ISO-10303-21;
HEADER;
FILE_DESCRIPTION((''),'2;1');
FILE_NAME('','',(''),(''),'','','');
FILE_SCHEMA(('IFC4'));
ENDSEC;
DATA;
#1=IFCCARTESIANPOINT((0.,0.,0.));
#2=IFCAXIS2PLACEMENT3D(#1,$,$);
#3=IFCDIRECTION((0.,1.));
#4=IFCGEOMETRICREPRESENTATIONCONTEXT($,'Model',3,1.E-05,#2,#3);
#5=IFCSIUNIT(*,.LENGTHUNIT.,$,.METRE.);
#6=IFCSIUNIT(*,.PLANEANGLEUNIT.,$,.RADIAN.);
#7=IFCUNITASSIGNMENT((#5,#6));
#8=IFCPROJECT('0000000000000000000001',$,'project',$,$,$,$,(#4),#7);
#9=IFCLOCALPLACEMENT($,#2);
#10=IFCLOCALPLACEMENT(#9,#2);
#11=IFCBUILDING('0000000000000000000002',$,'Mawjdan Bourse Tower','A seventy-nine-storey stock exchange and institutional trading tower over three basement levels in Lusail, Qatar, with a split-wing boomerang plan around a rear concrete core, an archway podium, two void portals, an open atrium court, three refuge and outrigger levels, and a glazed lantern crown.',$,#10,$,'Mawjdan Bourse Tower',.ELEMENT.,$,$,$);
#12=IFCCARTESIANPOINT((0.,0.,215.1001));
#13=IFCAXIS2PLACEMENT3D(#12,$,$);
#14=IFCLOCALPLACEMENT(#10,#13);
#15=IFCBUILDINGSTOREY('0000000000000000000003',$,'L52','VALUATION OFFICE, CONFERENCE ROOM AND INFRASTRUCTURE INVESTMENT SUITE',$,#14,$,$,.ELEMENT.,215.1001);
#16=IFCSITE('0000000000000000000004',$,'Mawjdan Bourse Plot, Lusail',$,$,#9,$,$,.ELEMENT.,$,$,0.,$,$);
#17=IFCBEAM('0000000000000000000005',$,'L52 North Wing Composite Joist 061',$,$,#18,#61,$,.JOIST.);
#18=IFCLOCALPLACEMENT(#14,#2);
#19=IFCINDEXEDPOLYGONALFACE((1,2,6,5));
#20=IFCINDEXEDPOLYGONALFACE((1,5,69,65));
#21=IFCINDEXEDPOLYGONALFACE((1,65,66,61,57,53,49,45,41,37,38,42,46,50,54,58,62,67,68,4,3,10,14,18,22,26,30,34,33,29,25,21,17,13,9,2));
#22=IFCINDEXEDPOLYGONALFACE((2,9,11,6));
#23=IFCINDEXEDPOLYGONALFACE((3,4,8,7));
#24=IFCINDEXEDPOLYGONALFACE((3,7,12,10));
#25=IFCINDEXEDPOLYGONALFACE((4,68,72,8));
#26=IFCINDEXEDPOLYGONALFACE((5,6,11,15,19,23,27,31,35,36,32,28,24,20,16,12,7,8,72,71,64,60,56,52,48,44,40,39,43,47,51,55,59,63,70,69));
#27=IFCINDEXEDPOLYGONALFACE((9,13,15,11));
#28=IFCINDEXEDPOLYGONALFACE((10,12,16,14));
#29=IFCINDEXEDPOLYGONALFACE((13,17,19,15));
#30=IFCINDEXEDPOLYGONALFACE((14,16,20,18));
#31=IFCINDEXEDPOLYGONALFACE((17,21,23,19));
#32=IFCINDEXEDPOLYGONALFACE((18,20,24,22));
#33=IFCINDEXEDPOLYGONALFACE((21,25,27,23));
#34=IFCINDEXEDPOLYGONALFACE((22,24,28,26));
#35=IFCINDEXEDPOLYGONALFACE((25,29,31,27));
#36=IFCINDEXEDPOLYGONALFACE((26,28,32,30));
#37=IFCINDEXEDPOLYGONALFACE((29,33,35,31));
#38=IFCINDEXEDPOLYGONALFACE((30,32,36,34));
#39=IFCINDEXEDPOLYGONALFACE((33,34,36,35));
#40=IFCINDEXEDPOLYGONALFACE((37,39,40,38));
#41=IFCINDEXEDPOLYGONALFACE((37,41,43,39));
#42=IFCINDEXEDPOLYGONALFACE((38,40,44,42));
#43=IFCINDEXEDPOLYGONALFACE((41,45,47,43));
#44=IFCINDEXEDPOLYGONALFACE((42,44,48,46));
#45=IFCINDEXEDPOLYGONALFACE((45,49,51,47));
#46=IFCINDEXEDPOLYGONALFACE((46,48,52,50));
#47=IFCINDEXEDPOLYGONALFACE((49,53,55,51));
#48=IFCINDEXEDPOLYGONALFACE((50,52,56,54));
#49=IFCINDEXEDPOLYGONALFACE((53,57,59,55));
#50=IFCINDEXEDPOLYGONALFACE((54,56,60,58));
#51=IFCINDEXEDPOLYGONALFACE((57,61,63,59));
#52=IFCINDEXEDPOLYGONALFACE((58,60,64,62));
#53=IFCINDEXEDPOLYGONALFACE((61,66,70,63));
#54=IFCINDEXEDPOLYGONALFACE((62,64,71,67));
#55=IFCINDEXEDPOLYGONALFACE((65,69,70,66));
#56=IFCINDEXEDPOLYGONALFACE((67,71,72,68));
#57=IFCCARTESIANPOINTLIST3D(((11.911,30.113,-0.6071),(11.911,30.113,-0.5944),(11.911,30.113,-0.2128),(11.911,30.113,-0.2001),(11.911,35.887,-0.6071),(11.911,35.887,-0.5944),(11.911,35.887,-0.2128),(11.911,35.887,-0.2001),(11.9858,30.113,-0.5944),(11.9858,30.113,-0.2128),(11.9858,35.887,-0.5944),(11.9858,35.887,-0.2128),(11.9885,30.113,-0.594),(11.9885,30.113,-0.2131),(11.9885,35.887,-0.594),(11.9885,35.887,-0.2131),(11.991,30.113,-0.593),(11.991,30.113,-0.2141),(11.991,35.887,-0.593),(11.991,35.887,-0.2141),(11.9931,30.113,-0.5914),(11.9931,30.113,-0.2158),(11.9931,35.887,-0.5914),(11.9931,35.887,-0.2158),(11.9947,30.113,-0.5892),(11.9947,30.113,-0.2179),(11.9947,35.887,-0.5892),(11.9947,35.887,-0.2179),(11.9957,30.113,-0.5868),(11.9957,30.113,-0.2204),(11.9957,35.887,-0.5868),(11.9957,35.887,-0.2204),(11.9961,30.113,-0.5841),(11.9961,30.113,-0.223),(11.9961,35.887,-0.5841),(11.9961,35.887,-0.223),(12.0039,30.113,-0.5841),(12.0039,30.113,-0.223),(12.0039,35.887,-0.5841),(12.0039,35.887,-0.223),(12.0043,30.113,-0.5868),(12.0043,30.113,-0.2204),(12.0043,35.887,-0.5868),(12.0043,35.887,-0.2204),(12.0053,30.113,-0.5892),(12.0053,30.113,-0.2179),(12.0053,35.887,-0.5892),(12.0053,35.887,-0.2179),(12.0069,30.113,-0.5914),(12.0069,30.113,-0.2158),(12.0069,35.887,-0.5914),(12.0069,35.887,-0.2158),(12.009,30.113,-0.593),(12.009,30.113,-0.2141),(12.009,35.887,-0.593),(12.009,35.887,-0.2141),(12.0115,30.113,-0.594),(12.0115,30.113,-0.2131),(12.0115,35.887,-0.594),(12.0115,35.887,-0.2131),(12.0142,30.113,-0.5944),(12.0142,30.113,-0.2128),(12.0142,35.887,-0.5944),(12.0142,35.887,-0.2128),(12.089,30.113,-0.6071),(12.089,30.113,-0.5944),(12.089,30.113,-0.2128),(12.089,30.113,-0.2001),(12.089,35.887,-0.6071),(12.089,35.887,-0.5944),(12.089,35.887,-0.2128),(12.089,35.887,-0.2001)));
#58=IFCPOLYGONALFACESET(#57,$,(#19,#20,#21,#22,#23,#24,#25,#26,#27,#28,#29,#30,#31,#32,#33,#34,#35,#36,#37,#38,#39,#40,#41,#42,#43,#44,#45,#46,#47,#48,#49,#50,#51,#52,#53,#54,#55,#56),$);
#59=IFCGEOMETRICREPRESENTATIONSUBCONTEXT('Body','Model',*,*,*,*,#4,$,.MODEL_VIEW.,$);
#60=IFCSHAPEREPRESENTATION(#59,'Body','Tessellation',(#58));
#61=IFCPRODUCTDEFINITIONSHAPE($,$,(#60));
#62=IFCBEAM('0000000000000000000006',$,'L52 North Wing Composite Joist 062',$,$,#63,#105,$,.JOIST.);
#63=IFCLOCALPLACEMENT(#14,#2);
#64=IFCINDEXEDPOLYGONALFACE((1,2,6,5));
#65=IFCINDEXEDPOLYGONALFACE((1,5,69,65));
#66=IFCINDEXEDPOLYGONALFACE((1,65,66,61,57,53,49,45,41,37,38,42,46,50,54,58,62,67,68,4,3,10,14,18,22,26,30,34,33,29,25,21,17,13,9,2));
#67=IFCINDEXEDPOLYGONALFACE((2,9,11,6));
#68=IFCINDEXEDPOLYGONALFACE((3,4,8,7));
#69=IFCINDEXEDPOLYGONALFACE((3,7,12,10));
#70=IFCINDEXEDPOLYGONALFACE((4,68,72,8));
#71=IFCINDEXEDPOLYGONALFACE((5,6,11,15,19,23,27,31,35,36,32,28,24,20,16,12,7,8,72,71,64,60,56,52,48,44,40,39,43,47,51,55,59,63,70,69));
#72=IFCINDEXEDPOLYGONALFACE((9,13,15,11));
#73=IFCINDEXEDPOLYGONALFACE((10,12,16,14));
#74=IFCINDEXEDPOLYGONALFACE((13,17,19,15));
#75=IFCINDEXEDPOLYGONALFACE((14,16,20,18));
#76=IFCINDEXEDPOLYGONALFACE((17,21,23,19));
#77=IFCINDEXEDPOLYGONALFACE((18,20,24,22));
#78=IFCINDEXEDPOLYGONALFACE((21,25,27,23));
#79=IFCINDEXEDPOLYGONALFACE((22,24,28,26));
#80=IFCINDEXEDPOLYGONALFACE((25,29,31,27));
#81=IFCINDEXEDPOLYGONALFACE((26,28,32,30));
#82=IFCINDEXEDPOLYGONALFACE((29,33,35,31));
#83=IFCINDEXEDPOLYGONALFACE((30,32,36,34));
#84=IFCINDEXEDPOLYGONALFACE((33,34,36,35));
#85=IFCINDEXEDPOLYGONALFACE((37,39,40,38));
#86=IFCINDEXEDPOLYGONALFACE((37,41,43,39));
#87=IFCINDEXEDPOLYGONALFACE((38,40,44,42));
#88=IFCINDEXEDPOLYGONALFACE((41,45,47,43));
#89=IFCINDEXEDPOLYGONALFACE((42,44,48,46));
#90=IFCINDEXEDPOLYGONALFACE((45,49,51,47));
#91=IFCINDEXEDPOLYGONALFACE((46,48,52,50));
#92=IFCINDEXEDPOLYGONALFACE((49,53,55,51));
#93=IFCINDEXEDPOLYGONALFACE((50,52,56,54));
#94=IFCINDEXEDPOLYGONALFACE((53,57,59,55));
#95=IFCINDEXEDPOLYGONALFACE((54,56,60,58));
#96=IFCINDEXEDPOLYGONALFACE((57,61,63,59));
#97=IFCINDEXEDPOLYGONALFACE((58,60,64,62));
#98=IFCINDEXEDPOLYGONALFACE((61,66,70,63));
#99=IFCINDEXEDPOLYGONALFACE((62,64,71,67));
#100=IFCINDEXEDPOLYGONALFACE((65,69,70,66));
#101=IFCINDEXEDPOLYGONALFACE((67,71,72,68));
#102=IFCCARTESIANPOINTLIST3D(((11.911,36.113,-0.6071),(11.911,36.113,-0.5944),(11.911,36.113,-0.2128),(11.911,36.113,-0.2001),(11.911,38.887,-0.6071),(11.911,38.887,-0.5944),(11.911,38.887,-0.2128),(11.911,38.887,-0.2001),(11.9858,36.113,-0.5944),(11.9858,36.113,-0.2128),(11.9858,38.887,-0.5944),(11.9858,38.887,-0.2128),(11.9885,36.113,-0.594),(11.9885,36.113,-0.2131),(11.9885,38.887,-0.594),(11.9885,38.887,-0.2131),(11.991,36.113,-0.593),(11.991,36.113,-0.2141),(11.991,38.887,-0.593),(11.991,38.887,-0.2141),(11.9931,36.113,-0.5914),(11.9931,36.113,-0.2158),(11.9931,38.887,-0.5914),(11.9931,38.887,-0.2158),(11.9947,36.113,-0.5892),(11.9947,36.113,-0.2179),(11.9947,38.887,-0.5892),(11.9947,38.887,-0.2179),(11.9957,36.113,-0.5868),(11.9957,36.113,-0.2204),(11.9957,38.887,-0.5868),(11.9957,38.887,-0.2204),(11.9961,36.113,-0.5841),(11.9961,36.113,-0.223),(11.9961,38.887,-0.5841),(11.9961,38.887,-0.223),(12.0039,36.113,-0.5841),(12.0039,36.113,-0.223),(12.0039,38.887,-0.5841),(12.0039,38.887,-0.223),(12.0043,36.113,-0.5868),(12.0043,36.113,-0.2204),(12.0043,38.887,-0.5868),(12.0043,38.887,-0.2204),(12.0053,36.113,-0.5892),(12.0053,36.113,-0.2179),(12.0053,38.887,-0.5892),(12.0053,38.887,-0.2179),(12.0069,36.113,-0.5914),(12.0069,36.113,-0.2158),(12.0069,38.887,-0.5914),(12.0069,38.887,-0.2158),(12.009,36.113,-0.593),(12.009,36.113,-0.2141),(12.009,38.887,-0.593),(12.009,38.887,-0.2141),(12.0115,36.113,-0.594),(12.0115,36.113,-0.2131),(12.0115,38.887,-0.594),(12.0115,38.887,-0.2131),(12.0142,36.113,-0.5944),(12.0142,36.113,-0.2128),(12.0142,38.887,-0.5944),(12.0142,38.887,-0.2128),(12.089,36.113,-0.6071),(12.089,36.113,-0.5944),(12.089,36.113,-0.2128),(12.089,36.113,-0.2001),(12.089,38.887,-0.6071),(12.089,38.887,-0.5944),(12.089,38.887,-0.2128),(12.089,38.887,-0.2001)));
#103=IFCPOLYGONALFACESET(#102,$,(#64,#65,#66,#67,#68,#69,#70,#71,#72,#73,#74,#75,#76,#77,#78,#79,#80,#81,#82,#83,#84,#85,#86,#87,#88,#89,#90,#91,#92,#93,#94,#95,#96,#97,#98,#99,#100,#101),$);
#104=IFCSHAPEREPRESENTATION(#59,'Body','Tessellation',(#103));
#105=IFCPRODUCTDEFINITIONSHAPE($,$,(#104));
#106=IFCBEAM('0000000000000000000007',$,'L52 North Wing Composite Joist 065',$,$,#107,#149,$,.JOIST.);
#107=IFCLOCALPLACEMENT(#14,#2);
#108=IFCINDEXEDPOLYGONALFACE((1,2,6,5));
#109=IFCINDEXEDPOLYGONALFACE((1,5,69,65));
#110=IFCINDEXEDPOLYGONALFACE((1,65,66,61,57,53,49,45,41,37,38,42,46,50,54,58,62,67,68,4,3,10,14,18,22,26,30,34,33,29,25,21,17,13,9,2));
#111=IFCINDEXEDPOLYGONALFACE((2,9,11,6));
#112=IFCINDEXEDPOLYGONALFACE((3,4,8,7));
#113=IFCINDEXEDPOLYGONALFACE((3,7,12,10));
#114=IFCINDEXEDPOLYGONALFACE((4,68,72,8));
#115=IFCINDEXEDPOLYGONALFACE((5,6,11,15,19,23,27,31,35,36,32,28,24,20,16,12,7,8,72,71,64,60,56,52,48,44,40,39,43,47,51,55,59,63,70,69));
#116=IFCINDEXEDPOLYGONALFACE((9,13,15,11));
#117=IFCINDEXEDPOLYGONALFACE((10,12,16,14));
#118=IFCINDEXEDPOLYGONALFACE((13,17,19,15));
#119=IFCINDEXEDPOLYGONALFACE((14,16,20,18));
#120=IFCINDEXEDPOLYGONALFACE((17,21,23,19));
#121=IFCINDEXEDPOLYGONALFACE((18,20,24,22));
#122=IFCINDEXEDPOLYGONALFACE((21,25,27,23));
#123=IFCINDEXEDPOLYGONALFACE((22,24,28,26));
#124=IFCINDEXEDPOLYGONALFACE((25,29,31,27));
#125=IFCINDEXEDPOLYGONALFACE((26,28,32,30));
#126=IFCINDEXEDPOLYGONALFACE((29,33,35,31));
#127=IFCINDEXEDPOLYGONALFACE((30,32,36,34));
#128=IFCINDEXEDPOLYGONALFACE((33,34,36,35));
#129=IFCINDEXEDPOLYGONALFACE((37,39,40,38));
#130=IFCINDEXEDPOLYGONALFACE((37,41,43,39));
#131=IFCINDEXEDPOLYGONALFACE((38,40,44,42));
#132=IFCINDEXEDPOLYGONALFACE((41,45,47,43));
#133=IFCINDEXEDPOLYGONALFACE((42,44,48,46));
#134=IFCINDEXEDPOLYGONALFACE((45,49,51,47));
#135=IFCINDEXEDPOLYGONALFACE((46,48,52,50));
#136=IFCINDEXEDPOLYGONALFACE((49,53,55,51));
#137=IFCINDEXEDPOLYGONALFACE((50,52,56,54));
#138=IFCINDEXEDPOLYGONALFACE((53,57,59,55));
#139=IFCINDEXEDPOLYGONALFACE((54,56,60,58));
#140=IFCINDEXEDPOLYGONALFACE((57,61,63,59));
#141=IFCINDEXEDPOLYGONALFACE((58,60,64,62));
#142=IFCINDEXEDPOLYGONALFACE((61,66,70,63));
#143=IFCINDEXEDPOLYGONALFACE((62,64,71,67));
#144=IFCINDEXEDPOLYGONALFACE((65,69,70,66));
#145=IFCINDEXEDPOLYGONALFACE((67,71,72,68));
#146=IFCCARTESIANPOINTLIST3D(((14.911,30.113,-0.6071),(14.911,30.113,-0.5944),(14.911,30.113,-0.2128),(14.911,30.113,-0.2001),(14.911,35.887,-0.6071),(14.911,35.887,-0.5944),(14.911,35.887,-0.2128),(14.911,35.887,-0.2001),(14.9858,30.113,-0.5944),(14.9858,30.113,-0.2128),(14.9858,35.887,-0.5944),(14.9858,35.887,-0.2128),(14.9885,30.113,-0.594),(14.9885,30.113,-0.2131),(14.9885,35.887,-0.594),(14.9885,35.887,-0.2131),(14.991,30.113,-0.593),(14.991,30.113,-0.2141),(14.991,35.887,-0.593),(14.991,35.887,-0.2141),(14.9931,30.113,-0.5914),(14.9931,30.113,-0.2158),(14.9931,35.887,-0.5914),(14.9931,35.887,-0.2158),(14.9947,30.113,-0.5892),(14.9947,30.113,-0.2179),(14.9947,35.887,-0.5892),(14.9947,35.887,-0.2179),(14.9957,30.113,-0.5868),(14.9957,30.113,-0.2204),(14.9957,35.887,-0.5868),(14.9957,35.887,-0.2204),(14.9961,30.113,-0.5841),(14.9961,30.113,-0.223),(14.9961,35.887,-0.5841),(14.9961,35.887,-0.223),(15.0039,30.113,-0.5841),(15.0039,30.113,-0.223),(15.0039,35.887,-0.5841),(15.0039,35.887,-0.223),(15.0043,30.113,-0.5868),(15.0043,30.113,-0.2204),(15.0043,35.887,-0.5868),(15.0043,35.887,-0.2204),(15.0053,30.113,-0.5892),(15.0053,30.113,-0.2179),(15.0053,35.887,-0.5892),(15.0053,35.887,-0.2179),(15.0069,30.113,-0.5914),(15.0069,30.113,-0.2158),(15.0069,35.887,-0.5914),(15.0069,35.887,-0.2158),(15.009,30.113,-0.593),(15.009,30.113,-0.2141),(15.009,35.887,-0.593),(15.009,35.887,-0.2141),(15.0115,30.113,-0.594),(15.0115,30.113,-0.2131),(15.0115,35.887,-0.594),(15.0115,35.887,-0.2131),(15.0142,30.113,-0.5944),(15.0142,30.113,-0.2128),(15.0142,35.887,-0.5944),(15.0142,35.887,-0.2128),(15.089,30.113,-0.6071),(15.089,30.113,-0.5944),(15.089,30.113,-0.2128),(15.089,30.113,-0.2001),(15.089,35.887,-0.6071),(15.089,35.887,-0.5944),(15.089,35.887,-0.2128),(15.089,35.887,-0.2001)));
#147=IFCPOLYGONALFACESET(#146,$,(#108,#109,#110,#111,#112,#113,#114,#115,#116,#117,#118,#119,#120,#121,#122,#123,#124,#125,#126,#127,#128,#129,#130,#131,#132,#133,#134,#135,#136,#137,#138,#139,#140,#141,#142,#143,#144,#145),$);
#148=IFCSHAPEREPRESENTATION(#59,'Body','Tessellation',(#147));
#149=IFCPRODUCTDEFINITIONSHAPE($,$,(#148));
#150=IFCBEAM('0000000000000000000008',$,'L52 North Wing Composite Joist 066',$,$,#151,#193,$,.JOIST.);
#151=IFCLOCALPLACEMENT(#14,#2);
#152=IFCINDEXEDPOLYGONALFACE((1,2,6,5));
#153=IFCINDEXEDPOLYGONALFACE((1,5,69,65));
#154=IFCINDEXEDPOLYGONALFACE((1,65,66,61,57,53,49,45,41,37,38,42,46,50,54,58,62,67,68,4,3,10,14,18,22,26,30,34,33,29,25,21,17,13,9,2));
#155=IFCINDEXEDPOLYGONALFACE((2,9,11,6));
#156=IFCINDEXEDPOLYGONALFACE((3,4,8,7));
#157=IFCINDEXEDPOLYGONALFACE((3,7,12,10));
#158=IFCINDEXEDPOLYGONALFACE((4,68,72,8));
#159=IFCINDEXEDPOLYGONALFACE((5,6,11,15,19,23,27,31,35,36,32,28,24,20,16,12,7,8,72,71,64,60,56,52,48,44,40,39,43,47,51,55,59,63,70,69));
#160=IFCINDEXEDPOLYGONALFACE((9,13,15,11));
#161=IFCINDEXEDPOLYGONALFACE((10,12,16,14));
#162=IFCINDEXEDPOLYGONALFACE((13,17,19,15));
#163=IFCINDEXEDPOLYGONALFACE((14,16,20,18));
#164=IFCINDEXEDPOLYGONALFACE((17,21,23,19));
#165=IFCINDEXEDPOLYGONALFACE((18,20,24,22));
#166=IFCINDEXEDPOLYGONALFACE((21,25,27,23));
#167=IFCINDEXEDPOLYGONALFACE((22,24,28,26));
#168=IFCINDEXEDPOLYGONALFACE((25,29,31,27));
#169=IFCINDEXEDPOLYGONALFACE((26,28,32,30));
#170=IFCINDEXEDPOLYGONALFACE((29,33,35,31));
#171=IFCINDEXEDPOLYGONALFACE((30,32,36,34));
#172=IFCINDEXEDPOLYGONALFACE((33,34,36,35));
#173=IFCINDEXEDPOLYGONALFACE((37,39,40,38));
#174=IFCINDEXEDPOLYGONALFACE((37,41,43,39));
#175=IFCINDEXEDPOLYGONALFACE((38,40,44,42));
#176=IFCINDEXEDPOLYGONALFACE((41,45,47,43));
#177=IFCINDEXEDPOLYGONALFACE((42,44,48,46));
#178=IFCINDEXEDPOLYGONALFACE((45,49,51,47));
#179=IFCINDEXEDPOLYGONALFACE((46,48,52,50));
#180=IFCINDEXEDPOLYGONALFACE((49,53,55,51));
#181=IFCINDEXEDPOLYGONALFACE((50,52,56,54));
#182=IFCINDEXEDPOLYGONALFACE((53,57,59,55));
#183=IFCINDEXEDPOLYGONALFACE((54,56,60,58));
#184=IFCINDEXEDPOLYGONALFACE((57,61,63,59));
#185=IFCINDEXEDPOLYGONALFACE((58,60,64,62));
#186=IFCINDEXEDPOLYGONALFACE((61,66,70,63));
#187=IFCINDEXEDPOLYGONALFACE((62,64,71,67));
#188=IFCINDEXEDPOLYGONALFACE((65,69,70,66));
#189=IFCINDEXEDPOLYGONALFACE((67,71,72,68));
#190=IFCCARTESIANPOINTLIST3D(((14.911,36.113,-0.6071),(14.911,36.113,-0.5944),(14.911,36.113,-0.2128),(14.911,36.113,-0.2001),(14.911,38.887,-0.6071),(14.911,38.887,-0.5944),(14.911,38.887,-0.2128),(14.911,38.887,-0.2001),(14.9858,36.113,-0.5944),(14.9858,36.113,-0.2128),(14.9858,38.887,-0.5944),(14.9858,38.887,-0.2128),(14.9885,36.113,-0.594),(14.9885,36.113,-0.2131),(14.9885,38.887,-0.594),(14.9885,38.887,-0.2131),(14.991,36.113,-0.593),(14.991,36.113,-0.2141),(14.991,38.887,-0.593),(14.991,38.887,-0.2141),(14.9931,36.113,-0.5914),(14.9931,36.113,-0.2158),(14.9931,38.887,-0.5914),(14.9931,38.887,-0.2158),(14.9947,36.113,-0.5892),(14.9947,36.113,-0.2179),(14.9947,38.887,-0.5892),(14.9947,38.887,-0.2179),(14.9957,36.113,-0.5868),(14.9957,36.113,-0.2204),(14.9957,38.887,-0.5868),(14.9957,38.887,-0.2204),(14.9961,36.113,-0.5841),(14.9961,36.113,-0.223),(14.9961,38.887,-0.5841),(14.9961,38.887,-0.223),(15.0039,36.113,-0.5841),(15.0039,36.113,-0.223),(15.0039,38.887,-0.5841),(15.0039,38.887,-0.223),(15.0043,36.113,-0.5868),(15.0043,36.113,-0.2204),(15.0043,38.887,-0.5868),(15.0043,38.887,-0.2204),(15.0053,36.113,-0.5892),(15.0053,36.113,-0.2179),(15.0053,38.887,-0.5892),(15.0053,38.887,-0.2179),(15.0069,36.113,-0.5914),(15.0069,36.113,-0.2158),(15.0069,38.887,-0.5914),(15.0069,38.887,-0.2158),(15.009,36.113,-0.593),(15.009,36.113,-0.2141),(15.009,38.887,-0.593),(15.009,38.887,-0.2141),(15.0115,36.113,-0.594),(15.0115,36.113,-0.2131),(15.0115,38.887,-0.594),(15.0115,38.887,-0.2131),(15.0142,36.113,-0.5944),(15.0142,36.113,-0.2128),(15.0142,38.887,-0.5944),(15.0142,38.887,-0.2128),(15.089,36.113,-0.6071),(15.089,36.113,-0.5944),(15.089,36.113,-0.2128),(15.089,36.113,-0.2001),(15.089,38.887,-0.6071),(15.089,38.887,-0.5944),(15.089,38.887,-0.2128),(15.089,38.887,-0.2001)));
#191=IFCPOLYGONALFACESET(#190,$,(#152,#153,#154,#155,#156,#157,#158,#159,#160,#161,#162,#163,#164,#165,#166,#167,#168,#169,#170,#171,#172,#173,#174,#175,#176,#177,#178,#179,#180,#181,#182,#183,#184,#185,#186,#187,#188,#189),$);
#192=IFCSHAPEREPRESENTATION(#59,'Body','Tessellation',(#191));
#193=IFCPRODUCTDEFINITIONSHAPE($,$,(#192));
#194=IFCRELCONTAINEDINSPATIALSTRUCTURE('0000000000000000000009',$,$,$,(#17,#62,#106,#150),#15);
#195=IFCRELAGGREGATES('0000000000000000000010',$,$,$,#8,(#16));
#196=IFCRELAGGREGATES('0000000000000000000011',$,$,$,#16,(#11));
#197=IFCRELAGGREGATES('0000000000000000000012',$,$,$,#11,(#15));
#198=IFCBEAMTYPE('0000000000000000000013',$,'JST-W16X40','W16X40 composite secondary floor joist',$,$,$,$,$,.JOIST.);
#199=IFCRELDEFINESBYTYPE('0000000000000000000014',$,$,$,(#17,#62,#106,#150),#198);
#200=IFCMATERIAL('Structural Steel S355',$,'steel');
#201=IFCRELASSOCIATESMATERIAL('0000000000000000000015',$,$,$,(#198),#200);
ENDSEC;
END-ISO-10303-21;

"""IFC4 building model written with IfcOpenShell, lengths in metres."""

from ifc_helpers import new_model, si_unit, direction, frame, origin, origin_2d, place, context, subcontext, project, spatial, i_section, extrude, material, material_profile, profile_set, type_object, element, save


model = new_model("IFC4")

# Units and contexts
model_context = context("Model", 3, precision=1e-05, world=origin(), true_north=direction((0.0, 1.0)))
body_context = subcontext(model_context, "Body", "Model", "MODEL_VIEW")
ifc_project = project(units=[si_unit("LENGTHUNIT", "METRE"), si_unit("PLANEANGLEUNIT", "RADIAN")], contexts=[model_context])

# Site, building, storey
site_placement = place(None, origin())
site = spatial("IfcSite", under=ifc_project, at=site_placement, Name="Mawjdan Bourse Plot, Lusail", CompositionType="ELEMENT", RefElevation=0.0)
building_placement = place(site_placement, origin())
building = spatial("IfcBuilding", under=site, at=building_placement, Name="Mawjdan Bourse Tower", Description="A seventy-nine-storey stock exchange and institutional trading tower over three basement levels in Lusail, Qatar, with a split-wing boomerang plan around a rear concrete core, an archway podium, two void portals, an open atrium court, three refuge and outrigger levels, and a glazed lantern crown.", LongName="Mawjdan Bourse Tower", CompositionType="ELEMENT")
storey_placement = place(building_placement, frame((0.0, 0.0, 215.1001)))
storey = spatial("IfcBuildingStorey", under=building, at=storey_placement, Name="L52", Description="VALUATION OFFICE, CONFERENCE ROOM AND INFRASTRUCTURE INVESTMENT SUITE", CompositionType="ELEMENT", Elevation=215.1001)

# Beams
ifc_material_1 = material(Name="Structural Steel S355", Category="steel")
ifc_material_profile_1 = material_profile(ifc_material_1, i_section(OverallWidth=0.178, OverallDepth=0.407, WebThickness=0.0078, FlangeThickness=0.0127, FilletRadius=0.0103, at=origin_2d()), Name="W16X40")
ifc_profile_set_1 = profile_set([ifc_material_profile_1], Name="Structural Steel S355")
beam_type_1 = type_object("IfcBeamType", Name="JST-W16X40", Description="W16X40 composite secondary floor joist", PredefinedType="JOIST", material=ifc_profile_set_1)
beam_1_placement = place(storey_placement, frame((12.0, 30.113, -0.4036), z_axis=(0.0, 1.0, 0.0), x_axis=(-1.0, 0.0, 0.0)))
element("IfcBeam", 1, at=beam_1_placement, inside=storey, type_object=beam_type_1, Name="L52 North Wing Composite Joist 061", PredefinedType="JOIST", context=body_context, shape_type="SweptSolid", body=[
    extrude(i_section(OverallWidth=0.178, OverallDepth=0.407, WebThickness=0.0078, FlangeThickness=0.0127, FilletRadius=0.0103, at=origin_2d()), origin(), (0.0, 0.0, 1.0), 5.7739),
])
beam_2_placement = place(storey_placement, frame((12.0, 36.113, -0.4036), z_axis=(0.0, 1.0, 0.0), x_axis=(-1.0, 0.0, 0.0)))
element("IfcBeam", 2, at=beam_2_placement, inside=storey, type_object=beam_type_1, Name="L52 North Wing Composite Joist 062", PredefinedType="JOIST", context=body_context, shape_type="SweptSolid", body=[
    extrude(i_section(OverallWidth=0.178, OverallDepth=0.407, WebThickness=0.0078, FlangeThickness=0.0127, FilletRadius=0.0103, at=origin_2d()), origin(), (0.0, 0.0, 1.0), 2.7739),
])
beam_3_placement = place(storey_placement, frame((15.0, 30.113, -0.4036), z_axis=(0.0, 1.0, 0.0), x_axis=(-1.0, 0.0, 0.0)))
element("IfcBeam", 3, at=beam_3_placement, inside=storey, type_object=beam_type_1, Name="L52 North Wing Composite Joist 065", PredefinedType="JOIST", context=body_context, shape_type="SweptSolid", body=[
    extrude(i_section(OverallWidth=0.178, OverallDepth=0.407, WebThickness=0.0078, FlangeThickness=0.0127, FilletRadius=0.0103, at=origin_2d()), origin(), (0.0, 0.0, 1.0), 5.7739),
])
beam_4_placement = place(storey_placement, frame((15.0, 36.113, -0.4036), z_axis=(0.0, 1.0, 0.0), x_axis=(-1.0, 0.0, 0.0)))
element("IfcBeam", 4, at=beam_4_placement, inside=storey, type_object=beam_type_1, Name="L52 North Wing Composite Joist 066", PredefinedType="JOIST", context=body_context, shape_type="SweptSolid", body=[
    extrude(i_section(OverallWidth=0.178, OverallDepth=0.407, WebThickness=0.0078, FlangeThickness=0.0127, FilletRadius=0.0103, at=origin_2d()), origin(), (0.0, 0.0, 1.0), 2.7739),
])

save(model, "model.ifc")
